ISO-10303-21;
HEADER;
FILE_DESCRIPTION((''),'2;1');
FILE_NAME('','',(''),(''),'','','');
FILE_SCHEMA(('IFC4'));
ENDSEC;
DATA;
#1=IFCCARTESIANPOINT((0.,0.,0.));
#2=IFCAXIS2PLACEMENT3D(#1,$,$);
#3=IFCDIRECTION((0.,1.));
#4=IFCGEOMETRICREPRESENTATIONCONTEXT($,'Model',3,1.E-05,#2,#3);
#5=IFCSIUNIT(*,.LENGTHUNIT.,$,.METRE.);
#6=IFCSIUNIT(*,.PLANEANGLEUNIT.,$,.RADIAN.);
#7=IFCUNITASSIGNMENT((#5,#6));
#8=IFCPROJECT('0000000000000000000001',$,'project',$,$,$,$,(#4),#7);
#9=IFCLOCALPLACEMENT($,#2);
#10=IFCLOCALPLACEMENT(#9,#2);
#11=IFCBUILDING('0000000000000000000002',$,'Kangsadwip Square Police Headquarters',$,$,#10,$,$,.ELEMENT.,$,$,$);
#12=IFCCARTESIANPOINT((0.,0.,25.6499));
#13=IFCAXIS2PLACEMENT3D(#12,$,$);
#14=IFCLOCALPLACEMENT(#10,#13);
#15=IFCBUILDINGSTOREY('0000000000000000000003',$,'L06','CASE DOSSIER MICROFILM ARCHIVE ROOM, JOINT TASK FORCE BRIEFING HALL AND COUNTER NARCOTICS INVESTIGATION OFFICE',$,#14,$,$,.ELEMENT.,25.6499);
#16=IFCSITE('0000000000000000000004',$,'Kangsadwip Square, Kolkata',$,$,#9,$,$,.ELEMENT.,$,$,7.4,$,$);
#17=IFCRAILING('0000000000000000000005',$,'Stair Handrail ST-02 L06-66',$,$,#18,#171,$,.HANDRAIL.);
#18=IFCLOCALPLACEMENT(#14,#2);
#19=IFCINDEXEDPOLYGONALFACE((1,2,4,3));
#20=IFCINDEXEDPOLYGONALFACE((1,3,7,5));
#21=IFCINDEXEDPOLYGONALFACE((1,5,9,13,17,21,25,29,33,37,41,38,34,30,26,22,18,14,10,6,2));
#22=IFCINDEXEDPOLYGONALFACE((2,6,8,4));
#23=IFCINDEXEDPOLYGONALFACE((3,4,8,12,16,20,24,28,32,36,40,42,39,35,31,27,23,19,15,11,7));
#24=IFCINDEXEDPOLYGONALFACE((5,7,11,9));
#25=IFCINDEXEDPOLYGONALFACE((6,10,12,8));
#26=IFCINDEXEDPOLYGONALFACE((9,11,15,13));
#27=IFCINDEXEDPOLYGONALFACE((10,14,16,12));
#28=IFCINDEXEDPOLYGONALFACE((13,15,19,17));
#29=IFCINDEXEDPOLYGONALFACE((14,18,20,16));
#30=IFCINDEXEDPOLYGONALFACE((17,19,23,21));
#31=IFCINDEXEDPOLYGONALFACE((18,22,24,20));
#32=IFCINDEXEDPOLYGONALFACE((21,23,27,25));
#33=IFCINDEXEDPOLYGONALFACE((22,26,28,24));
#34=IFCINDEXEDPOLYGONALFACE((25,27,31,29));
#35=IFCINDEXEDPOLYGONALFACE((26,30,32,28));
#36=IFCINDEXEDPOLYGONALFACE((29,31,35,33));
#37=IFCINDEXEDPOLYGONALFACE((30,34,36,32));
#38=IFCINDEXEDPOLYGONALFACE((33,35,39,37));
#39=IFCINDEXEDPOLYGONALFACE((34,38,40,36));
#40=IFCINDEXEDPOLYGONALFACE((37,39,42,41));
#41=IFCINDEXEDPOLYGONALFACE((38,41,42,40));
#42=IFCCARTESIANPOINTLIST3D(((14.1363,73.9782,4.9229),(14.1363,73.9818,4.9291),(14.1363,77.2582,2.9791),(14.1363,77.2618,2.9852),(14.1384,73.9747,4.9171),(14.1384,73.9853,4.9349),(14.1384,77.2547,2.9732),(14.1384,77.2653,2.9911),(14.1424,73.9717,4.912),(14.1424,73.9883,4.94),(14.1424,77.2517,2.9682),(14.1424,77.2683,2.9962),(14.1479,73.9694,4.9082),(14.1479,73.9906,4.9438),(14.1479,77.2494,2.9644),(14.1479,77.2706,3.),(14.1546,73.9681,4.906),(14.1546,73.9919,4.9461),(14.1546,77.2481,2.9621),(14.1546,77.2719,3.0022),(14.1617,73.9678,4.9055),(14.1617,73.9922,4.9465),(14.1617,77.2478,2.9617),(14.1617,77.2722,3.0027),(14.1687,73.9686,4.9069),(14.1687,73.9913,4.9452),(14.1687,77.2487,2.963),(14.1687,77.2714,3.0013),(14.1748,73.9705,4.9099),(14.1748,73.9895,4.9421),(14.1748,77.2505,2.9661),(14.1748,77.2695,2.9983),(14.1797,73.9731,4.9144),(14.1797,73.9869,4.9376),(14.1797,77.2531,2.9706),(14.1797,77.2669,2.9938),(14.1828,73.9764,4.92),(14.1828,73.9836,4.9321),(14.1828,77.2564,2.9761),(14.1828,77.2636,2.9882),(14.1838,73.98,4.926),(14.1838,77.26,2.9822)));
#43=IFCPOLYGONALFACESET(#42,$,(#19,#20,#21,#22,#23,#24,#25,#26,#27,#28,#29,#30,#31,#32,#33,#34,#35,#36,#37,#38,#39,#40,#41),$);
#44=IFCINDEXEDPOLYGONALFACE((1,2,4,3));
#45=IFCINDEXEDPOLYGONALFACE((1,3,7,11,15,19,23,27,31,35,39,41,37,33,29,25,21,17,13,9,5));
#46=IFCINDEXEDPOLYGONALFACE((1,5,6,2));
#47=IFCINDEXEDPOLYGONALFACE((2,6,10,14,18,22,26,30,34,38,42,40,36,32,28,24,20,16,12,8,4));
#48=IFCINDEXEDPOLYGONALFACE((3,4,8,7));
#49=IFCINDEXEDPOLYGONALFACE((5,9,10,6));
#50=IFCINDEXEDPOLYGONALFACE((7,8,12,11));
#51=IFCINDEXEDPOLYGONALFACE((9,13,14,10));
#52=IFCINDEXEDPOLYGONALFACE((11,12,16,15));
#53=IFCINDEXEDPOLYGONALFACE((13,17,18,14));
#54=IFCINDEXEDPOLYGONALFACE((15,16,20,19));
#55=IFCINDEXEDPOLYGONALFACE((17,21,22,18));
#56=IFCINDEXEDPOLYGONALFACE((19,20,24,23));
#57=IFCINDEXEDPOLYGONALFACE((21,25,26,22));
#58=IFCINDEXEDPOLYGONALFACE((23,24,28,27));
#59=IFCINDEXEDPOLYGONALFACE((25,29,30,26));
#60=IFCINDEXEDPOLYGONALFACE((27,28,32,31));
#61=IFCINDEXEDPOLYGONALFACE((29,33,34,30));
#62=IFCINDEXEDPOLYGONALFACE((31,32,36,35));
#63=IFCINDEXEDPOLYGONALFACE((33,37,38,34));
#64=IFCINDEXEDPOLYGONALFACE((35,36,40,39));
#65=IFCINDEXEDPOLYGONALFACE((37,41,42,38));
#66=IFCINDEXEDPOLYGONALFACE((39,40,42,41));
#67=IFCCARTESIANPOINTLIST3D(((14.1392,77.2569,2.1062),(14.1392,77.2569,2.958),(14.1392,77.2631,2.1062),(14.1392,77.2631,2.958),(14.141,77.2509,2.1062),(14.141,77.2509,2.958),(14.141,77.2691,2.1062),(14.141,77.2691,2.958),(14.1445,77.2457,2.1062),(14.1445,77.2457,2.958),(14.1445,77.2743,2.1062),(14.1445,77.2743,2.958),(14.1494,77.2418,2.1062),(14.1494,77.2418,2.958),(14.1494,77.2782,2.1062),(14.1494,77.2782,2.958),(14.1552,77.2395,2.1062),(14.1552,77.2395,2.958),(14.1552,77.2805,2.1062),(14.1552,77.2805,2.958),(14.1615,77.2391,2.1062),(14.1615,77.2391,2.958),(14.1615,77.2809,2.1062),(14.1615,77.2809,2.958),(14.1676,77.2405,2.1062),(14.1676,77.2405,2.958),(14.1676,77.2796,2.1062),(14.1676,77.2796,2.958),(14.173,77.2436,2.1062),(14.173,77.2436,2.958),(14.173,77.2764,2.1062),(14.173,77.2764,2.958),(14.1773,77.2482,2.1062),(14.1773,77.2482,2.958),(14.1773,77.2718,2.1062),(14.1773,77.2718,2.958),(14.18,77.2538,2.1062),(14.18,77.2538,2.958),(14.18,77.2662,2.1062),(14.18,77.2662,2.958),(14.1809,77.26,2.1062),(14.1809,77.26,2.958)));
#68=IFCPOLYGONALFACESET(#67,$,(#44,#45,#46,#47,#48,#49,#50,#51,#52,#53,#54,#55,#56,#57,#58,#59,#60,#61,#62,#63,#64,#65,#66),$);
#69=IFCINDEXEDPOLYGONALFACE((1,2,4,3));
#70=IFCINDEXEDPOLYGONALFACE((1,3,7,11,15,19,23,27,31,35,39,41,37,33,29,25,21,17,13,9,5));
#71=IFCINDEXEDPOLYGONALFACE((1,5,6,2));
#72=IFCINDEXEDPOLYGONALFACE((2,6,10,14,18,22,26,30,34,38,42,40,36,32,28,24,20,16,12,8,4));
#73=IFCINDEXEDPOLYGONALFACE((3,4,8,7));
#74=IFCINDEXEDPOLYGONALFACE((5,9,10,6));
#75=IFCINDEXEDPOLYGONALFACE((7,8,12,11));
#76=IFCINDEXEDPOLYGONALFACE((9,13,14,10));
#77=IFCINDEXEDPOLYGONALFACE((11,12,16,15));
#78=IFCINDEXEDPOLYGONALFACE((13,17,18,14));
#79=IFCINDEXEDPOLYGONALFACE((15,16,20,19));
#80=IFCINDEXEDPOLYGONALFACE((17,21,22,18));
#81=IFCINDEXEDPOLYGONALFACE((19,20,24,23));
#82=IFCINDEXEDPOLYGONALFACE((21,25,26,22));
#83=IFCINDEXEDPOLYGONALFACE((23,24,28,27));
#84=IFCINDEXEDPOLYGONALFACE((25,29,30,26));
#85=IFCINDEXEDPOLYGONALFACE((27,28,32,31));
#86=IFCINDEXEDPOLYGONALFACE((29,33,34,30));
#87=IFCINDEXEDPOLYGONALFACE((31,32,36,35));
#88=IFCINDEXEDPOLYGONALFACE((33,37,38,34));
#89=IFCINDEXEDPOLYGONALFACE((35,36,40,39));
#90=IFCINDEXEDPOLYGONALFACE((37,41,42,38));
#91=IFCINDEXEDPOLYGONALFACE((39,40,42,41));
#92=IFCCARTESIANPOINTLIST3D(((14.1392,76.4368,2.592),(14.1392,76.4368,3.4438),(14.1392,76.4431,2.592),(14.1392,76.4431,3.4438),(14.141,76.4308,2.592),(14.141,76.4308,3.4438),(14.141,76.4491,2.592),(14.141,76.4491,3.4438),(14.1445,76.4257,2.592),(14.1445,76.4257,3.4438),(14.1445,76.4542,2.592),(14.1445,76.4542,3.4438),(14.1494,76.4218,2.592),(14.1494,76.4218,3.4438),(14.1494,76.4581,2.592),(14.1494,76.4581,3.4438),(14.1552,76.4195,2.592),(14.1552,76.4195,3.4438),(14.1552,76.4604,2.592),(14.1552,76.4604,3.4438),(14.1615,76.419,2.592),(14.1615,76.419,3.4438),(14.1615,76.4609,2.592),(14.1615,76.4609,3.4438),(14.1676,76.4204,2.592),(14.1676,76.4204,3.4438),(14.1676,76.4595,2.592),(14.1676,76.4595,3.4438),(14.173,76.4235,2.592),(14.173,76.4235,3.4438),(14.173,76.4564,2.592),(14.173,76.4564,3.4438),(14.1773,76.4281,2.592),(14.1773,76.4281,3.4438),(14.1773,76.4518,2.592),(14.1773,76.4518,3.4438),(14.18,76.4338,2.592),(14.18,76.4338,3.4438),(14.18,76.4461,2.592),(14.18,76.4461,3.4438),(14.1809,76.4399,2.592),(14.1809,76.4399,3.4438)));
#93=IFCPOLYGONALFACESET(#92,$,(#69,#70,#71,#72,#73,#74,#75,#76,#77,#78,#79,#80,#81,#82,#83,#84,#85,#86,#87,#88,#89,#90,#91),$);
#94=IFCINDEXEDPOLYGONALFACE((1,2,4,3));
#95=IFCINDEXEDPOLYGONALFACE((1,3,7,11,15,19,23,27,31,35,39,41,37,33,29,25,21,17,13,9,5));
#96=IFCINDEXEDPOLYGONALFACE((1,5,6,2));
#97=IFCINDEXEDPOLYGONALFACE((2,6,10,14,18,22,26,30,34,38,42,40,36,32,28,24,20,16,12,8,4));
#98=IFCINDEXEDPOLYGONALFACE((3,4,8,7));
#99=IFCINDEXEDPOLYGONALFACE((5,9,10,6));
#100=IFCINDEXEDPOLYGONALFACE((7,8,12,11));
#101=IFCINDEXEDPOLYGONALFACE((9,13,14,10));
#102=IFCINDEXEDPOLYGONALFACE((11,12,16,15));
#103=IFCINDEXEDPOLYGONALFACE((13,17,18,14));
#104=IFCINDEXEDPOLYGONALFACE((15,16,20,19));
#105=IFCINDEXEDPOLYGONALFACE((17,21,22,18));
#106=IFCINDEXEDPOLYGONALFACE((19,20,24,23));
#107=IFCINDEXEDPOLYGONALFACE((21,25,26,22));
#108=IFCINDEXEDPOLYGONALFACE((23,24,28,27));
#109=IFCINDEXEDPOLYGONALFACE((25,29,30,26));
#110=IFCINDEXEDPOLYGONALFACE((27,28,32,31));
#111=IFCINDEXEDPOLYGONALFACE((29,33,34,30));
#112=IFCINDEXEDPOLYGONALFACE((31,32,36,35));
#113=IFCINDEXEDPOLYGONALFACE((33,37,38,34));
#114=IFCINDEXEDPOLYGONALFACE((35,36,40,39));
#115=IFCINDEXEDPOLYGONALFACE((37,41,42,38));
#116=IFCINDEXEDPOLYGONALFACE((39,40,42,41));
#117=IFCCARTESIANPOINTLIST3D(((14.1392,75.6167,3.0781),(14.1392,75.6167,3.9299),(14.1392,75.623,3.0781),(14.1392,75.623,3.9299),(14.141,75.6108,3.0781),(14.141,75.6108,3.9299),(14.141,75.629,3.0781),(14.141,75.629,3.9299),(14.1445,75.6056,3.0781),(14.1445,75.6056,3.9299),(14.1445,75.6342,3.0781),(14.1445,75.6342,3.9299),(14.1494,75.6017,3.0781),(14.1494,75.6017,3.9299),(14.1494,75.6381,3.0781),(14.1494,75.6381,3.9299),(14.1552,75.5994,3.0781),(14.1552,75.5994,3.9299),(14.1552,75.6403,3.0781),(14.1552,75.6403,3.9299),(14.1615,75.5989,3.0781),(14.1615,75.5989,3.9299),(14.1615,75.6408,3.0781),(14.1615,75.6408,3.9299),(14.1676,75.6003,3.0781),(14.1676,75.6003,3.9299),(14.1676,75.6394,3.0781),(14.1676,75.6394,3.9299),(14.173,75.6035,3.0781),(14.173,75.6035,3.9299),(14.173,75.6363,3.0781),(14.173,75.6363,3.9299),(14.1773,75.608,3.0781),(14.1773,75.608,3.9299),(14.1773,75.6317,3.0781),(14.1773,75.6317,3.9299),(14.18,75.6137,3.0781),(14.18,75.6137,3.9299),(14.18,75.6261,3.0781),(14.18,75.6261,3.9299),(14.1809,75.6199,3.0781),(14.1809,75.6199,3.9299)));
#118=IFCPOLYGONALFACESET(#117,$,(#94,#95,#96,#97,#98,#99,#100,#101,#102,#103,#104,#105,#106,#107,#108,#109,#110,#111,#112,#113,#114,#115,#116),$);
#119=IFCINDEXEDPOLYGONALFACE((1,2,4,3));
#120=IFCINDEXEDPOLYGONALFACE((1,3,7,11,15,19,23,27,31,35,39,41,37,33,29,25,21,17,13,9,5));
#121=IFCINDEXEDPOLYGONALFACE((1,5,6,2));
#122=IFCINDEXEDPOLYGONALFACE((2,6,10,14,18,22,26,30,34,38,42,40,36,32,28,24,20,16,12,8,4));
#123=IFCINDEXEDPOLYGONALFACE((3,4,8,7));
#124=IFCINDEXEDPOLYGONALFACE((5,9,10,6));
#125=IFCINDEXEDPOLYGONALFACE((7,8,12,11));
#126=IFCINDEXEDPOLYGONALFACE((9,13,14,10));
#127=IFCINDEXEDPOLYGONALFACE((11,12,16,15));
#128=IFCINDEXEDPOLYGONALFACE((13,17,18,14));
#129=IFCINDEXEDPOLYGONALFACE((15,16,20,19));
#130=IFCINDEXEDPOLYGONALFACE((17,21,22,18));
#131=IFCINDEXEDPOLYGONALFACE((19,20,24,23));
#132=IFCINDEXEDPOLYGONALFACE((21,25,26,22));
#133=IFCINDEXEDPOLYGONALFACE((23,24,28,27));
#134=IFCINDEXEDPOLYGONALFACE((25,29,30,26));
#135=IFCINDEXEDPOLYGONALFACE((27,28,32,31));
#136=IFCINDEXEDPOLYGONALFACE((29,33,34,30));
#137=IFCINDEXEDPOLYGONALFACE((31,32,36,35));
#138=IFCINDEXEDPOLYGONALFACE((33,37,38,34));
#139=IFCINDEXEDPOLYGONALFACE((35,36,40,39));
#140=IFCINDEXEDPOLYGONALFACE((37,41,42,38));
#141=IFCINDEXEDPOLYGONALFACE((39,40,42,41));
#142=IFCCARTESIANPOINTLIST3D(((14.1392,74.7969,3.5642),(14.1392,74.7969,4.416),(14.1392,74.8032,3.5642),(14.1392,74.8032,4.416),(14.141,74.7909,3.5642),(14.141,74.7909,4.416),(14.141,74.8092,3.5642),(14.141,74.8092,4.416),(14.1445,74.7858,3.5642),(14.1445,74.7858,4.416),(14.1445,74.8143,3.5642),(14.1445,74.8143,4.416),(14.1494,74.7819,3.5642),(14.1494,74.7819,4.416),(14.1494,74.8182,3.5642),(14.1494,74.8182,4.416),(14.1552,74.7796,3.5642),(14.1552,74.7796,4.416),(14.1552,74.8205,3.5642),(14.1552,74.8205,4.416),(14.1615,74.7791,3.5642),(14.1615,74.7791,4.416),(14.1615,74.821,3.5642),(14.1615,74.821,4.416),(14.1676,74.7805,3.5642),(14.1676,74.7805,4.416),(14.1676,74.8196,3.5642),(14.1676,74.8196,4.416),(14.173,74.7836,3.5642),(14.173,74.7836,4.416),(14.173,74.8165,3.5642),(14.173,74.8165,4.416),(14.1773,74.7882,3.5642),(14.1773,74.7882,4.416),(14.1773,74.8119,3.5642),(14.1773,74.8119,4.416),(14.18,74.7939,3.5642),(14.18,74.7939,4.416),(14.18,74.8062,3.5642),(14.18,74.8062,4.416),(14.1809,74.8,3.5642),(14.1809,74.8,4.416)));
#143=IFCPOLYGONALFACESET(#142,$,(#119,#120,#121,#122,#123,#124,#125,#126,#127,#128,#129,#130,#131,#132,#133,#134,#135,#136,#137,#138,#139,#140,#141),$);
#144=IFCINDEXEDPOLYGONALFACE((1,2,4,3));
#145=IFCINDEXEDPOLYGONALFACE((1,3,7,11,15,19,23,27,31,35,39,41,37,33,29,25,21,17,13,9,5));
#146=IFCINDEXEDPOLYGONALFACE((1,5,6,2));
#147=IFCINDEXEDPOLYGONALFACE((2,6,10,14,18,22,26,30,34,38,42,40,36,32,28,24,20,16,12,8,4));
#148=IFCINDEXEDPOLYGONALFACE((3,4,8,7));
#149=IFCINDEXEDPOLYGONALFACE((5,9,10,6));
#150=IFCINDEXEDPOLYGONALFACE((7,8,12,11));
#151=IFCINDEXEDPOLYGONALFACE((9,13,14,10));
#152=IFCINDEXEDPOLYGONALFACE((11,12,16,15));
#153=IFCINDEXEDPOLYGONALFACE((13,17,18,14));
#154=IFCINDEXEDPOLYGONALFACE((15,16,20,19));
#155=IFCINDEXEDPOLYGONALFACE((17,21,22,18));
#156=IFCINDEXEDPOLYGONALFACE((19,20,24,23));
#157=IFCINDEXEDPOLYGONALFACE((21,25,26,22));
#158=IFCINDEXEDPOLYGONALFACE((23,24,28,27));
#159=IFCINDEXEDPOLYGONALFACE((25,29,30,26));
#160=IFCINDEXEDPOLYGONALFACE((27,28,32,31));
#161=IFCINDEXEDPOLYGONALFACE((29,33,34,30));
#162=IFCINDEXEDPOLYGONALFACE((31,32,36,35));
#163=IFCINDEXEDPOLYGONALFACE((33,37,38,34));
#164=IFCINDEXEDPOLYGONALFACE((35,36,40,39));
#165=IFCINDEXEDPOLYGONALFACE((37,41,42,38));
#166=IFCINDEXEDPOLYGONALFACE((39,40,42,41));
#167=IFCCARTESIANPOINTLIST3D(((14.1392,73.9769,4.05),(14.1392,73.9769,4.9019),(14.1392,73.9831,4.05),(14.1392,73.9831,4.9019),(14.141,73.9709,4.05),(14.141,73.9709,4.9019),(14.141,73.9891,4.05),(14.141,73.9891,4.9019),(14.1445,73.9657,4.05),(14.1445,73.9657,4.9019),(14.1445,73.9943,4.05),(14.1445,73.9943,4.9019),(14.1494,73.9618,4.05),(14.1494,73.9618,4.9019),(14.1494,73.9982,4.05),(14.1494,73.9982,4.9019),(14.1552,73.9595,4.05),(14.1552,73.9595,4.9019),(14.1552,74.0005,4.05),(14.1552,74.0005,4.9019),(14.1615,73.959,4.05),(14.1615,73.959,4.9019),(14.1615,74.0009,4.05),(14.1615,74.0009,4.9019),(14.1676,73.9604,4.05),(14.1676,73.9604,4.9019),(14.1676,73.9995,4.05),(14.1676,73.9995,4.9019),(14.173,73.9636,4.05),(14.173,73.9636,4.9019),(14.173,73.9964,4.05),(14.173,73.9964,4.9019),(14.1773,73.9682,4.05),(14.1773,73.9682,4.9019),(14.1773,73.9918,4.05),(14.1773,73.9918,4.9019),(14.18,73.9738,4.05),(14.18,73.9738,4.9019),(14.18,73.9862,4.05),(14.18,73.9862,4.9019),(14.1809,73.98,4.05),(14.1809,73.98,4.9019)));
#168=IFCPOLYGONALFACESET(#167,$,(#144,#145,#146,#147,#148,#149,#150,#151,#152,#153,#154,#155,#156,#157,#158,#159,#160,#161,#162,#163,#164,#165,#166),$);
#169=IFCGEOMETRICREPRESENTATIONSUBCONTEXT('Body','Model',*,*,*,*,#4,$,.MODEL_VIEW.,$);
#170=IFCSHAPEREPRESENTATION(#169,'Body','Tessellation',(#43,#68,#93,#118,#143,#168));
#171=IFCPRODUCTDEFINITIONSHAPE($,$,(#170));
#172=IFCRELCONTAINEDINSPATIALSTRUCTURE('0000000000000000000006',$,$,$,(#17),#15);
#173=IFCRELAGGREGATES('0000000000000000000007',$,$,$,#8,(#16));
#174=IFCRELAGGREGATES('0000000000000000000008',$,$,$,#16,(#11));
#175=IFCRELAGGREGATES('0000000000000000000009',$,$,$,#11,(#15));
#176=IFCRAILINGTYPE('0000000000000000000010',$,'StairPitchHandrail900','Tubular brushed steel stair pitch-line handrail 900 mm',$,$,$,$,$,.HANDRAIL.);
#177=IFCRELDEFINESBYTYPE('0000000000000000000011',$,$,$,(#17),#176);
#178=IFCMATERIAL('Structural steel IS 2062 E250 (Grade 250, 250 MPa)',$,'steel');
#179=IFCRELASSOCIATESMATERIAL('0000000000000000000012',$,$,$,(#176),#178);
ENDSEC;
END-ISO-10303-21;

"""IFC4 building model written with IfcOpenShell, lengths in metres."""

from ifc_helpers import new_model, si_unit, direction, frame, origin, origin_2d, place, context, subcontext, project, spatial, circle, extrude, material, type_object, element, save


model = new_model("IFC4")

# Units and contexts
model_context = context("Model", 3, precision=1e-05, world=origin(), true_north=direction((0.0, 1.0)))
body_context = subcontext(model_context, "Body", "Model", "MODEL_VIEW")
ifc_project = project(units=[si_unit("LENGTHUNIT", "METRE"), si_unit("PLANEANGLEUNIT", "RADIAN")], contexts=[model_context])

# Site, building, storey
site_placement = place(None, origin())
site = spatial("IfcSite", under=ifc_project, at=site_placement, Name="Kangsadwip Square, Kolkata", CompositionType="ELEMENT", RefElevation=7.4)
building_placement = place(site_placement, origin())
building = spatial("IfcBuilding", under=site, at=building_placement, Name="Kangsadwip Square Police Headquarters", CompositionType="ELEMENT")
storey_placement = place(building_placement, frame((0.0, 0.0, 25.6499)))
storey = spatial("IfcBuildingStorey", under=building, at=storey_placement, Name="L06", Description="CASE DOSSIER MICROFILM ARCHIVE ROOM, JOINT TASK FORCE BRIEFING HALL AND COUNTER NARCOTICS INVESTIGATION OFFICE", CompositionType="ELEMENT", Elevation=25.6499)

# Railing
ifc_material_1 = material(Name="Structural steel IS 2062 E250 (Grade 250, 250 MPa)", Category="steel")
railing_type_1 = type_object("IfcRailingType", Name="StairPitchHandrail900", Description="Tubular brushed steel stair pitch-line handrail 900 mm", PredefinedType="HANDRAIL", material=ifc_material_1)
railing_1_placement = place(storey_placement, frame((14.1599, 77.26, 2.1062)))
element("IfcRailing", 1, at=railing_1_placement, inside=storey, type_object=railing_type_1, Name="Stair Handrail ST-02 L06-66", PredefinedType="HANDRAIL", context=body_context, shape_type="SweptSolid", body=[
    extrude(circle(Radius=0.0239, at=origin_2d()), frame((0.0, 0.0, 0.876), z_axis=(0.0, -0.860277, 0.509827), x_axis=(1.0, 0.0, 0.0)), (0.0, 0.0, 1.0), 3.8127),
    extrude(circle(Radius=0.021, at=origin_2d()), origin(), (0.0, 0.0, 1.0), 0.8518),
    extrude(circle(Radius=0.021, at=origin_2d()), frame((0.0, -0.8201, 0.4858)), (0.0, 0.0, 1.0), 0.8518),
    extrude(circle(Radius=0.021, at=origin_2d()), frame((0.0, -1.6401, 0.9719)), (0.0, 0.0, 1.0), 0.8518),
    extrude(circle(Radius=0.021, at=origin_2d()), frame((0.0, -2.46, 1.458)), (0.0, 0.0, 1.0), 0.8518),
    extrude(circle(Radius=0.021, at=origin_2d()), frame((0.0, -3.28, 1.9438)), (0.0, 0.0, 1.0), 0.8518),
])

save(model, "model.ifc")
